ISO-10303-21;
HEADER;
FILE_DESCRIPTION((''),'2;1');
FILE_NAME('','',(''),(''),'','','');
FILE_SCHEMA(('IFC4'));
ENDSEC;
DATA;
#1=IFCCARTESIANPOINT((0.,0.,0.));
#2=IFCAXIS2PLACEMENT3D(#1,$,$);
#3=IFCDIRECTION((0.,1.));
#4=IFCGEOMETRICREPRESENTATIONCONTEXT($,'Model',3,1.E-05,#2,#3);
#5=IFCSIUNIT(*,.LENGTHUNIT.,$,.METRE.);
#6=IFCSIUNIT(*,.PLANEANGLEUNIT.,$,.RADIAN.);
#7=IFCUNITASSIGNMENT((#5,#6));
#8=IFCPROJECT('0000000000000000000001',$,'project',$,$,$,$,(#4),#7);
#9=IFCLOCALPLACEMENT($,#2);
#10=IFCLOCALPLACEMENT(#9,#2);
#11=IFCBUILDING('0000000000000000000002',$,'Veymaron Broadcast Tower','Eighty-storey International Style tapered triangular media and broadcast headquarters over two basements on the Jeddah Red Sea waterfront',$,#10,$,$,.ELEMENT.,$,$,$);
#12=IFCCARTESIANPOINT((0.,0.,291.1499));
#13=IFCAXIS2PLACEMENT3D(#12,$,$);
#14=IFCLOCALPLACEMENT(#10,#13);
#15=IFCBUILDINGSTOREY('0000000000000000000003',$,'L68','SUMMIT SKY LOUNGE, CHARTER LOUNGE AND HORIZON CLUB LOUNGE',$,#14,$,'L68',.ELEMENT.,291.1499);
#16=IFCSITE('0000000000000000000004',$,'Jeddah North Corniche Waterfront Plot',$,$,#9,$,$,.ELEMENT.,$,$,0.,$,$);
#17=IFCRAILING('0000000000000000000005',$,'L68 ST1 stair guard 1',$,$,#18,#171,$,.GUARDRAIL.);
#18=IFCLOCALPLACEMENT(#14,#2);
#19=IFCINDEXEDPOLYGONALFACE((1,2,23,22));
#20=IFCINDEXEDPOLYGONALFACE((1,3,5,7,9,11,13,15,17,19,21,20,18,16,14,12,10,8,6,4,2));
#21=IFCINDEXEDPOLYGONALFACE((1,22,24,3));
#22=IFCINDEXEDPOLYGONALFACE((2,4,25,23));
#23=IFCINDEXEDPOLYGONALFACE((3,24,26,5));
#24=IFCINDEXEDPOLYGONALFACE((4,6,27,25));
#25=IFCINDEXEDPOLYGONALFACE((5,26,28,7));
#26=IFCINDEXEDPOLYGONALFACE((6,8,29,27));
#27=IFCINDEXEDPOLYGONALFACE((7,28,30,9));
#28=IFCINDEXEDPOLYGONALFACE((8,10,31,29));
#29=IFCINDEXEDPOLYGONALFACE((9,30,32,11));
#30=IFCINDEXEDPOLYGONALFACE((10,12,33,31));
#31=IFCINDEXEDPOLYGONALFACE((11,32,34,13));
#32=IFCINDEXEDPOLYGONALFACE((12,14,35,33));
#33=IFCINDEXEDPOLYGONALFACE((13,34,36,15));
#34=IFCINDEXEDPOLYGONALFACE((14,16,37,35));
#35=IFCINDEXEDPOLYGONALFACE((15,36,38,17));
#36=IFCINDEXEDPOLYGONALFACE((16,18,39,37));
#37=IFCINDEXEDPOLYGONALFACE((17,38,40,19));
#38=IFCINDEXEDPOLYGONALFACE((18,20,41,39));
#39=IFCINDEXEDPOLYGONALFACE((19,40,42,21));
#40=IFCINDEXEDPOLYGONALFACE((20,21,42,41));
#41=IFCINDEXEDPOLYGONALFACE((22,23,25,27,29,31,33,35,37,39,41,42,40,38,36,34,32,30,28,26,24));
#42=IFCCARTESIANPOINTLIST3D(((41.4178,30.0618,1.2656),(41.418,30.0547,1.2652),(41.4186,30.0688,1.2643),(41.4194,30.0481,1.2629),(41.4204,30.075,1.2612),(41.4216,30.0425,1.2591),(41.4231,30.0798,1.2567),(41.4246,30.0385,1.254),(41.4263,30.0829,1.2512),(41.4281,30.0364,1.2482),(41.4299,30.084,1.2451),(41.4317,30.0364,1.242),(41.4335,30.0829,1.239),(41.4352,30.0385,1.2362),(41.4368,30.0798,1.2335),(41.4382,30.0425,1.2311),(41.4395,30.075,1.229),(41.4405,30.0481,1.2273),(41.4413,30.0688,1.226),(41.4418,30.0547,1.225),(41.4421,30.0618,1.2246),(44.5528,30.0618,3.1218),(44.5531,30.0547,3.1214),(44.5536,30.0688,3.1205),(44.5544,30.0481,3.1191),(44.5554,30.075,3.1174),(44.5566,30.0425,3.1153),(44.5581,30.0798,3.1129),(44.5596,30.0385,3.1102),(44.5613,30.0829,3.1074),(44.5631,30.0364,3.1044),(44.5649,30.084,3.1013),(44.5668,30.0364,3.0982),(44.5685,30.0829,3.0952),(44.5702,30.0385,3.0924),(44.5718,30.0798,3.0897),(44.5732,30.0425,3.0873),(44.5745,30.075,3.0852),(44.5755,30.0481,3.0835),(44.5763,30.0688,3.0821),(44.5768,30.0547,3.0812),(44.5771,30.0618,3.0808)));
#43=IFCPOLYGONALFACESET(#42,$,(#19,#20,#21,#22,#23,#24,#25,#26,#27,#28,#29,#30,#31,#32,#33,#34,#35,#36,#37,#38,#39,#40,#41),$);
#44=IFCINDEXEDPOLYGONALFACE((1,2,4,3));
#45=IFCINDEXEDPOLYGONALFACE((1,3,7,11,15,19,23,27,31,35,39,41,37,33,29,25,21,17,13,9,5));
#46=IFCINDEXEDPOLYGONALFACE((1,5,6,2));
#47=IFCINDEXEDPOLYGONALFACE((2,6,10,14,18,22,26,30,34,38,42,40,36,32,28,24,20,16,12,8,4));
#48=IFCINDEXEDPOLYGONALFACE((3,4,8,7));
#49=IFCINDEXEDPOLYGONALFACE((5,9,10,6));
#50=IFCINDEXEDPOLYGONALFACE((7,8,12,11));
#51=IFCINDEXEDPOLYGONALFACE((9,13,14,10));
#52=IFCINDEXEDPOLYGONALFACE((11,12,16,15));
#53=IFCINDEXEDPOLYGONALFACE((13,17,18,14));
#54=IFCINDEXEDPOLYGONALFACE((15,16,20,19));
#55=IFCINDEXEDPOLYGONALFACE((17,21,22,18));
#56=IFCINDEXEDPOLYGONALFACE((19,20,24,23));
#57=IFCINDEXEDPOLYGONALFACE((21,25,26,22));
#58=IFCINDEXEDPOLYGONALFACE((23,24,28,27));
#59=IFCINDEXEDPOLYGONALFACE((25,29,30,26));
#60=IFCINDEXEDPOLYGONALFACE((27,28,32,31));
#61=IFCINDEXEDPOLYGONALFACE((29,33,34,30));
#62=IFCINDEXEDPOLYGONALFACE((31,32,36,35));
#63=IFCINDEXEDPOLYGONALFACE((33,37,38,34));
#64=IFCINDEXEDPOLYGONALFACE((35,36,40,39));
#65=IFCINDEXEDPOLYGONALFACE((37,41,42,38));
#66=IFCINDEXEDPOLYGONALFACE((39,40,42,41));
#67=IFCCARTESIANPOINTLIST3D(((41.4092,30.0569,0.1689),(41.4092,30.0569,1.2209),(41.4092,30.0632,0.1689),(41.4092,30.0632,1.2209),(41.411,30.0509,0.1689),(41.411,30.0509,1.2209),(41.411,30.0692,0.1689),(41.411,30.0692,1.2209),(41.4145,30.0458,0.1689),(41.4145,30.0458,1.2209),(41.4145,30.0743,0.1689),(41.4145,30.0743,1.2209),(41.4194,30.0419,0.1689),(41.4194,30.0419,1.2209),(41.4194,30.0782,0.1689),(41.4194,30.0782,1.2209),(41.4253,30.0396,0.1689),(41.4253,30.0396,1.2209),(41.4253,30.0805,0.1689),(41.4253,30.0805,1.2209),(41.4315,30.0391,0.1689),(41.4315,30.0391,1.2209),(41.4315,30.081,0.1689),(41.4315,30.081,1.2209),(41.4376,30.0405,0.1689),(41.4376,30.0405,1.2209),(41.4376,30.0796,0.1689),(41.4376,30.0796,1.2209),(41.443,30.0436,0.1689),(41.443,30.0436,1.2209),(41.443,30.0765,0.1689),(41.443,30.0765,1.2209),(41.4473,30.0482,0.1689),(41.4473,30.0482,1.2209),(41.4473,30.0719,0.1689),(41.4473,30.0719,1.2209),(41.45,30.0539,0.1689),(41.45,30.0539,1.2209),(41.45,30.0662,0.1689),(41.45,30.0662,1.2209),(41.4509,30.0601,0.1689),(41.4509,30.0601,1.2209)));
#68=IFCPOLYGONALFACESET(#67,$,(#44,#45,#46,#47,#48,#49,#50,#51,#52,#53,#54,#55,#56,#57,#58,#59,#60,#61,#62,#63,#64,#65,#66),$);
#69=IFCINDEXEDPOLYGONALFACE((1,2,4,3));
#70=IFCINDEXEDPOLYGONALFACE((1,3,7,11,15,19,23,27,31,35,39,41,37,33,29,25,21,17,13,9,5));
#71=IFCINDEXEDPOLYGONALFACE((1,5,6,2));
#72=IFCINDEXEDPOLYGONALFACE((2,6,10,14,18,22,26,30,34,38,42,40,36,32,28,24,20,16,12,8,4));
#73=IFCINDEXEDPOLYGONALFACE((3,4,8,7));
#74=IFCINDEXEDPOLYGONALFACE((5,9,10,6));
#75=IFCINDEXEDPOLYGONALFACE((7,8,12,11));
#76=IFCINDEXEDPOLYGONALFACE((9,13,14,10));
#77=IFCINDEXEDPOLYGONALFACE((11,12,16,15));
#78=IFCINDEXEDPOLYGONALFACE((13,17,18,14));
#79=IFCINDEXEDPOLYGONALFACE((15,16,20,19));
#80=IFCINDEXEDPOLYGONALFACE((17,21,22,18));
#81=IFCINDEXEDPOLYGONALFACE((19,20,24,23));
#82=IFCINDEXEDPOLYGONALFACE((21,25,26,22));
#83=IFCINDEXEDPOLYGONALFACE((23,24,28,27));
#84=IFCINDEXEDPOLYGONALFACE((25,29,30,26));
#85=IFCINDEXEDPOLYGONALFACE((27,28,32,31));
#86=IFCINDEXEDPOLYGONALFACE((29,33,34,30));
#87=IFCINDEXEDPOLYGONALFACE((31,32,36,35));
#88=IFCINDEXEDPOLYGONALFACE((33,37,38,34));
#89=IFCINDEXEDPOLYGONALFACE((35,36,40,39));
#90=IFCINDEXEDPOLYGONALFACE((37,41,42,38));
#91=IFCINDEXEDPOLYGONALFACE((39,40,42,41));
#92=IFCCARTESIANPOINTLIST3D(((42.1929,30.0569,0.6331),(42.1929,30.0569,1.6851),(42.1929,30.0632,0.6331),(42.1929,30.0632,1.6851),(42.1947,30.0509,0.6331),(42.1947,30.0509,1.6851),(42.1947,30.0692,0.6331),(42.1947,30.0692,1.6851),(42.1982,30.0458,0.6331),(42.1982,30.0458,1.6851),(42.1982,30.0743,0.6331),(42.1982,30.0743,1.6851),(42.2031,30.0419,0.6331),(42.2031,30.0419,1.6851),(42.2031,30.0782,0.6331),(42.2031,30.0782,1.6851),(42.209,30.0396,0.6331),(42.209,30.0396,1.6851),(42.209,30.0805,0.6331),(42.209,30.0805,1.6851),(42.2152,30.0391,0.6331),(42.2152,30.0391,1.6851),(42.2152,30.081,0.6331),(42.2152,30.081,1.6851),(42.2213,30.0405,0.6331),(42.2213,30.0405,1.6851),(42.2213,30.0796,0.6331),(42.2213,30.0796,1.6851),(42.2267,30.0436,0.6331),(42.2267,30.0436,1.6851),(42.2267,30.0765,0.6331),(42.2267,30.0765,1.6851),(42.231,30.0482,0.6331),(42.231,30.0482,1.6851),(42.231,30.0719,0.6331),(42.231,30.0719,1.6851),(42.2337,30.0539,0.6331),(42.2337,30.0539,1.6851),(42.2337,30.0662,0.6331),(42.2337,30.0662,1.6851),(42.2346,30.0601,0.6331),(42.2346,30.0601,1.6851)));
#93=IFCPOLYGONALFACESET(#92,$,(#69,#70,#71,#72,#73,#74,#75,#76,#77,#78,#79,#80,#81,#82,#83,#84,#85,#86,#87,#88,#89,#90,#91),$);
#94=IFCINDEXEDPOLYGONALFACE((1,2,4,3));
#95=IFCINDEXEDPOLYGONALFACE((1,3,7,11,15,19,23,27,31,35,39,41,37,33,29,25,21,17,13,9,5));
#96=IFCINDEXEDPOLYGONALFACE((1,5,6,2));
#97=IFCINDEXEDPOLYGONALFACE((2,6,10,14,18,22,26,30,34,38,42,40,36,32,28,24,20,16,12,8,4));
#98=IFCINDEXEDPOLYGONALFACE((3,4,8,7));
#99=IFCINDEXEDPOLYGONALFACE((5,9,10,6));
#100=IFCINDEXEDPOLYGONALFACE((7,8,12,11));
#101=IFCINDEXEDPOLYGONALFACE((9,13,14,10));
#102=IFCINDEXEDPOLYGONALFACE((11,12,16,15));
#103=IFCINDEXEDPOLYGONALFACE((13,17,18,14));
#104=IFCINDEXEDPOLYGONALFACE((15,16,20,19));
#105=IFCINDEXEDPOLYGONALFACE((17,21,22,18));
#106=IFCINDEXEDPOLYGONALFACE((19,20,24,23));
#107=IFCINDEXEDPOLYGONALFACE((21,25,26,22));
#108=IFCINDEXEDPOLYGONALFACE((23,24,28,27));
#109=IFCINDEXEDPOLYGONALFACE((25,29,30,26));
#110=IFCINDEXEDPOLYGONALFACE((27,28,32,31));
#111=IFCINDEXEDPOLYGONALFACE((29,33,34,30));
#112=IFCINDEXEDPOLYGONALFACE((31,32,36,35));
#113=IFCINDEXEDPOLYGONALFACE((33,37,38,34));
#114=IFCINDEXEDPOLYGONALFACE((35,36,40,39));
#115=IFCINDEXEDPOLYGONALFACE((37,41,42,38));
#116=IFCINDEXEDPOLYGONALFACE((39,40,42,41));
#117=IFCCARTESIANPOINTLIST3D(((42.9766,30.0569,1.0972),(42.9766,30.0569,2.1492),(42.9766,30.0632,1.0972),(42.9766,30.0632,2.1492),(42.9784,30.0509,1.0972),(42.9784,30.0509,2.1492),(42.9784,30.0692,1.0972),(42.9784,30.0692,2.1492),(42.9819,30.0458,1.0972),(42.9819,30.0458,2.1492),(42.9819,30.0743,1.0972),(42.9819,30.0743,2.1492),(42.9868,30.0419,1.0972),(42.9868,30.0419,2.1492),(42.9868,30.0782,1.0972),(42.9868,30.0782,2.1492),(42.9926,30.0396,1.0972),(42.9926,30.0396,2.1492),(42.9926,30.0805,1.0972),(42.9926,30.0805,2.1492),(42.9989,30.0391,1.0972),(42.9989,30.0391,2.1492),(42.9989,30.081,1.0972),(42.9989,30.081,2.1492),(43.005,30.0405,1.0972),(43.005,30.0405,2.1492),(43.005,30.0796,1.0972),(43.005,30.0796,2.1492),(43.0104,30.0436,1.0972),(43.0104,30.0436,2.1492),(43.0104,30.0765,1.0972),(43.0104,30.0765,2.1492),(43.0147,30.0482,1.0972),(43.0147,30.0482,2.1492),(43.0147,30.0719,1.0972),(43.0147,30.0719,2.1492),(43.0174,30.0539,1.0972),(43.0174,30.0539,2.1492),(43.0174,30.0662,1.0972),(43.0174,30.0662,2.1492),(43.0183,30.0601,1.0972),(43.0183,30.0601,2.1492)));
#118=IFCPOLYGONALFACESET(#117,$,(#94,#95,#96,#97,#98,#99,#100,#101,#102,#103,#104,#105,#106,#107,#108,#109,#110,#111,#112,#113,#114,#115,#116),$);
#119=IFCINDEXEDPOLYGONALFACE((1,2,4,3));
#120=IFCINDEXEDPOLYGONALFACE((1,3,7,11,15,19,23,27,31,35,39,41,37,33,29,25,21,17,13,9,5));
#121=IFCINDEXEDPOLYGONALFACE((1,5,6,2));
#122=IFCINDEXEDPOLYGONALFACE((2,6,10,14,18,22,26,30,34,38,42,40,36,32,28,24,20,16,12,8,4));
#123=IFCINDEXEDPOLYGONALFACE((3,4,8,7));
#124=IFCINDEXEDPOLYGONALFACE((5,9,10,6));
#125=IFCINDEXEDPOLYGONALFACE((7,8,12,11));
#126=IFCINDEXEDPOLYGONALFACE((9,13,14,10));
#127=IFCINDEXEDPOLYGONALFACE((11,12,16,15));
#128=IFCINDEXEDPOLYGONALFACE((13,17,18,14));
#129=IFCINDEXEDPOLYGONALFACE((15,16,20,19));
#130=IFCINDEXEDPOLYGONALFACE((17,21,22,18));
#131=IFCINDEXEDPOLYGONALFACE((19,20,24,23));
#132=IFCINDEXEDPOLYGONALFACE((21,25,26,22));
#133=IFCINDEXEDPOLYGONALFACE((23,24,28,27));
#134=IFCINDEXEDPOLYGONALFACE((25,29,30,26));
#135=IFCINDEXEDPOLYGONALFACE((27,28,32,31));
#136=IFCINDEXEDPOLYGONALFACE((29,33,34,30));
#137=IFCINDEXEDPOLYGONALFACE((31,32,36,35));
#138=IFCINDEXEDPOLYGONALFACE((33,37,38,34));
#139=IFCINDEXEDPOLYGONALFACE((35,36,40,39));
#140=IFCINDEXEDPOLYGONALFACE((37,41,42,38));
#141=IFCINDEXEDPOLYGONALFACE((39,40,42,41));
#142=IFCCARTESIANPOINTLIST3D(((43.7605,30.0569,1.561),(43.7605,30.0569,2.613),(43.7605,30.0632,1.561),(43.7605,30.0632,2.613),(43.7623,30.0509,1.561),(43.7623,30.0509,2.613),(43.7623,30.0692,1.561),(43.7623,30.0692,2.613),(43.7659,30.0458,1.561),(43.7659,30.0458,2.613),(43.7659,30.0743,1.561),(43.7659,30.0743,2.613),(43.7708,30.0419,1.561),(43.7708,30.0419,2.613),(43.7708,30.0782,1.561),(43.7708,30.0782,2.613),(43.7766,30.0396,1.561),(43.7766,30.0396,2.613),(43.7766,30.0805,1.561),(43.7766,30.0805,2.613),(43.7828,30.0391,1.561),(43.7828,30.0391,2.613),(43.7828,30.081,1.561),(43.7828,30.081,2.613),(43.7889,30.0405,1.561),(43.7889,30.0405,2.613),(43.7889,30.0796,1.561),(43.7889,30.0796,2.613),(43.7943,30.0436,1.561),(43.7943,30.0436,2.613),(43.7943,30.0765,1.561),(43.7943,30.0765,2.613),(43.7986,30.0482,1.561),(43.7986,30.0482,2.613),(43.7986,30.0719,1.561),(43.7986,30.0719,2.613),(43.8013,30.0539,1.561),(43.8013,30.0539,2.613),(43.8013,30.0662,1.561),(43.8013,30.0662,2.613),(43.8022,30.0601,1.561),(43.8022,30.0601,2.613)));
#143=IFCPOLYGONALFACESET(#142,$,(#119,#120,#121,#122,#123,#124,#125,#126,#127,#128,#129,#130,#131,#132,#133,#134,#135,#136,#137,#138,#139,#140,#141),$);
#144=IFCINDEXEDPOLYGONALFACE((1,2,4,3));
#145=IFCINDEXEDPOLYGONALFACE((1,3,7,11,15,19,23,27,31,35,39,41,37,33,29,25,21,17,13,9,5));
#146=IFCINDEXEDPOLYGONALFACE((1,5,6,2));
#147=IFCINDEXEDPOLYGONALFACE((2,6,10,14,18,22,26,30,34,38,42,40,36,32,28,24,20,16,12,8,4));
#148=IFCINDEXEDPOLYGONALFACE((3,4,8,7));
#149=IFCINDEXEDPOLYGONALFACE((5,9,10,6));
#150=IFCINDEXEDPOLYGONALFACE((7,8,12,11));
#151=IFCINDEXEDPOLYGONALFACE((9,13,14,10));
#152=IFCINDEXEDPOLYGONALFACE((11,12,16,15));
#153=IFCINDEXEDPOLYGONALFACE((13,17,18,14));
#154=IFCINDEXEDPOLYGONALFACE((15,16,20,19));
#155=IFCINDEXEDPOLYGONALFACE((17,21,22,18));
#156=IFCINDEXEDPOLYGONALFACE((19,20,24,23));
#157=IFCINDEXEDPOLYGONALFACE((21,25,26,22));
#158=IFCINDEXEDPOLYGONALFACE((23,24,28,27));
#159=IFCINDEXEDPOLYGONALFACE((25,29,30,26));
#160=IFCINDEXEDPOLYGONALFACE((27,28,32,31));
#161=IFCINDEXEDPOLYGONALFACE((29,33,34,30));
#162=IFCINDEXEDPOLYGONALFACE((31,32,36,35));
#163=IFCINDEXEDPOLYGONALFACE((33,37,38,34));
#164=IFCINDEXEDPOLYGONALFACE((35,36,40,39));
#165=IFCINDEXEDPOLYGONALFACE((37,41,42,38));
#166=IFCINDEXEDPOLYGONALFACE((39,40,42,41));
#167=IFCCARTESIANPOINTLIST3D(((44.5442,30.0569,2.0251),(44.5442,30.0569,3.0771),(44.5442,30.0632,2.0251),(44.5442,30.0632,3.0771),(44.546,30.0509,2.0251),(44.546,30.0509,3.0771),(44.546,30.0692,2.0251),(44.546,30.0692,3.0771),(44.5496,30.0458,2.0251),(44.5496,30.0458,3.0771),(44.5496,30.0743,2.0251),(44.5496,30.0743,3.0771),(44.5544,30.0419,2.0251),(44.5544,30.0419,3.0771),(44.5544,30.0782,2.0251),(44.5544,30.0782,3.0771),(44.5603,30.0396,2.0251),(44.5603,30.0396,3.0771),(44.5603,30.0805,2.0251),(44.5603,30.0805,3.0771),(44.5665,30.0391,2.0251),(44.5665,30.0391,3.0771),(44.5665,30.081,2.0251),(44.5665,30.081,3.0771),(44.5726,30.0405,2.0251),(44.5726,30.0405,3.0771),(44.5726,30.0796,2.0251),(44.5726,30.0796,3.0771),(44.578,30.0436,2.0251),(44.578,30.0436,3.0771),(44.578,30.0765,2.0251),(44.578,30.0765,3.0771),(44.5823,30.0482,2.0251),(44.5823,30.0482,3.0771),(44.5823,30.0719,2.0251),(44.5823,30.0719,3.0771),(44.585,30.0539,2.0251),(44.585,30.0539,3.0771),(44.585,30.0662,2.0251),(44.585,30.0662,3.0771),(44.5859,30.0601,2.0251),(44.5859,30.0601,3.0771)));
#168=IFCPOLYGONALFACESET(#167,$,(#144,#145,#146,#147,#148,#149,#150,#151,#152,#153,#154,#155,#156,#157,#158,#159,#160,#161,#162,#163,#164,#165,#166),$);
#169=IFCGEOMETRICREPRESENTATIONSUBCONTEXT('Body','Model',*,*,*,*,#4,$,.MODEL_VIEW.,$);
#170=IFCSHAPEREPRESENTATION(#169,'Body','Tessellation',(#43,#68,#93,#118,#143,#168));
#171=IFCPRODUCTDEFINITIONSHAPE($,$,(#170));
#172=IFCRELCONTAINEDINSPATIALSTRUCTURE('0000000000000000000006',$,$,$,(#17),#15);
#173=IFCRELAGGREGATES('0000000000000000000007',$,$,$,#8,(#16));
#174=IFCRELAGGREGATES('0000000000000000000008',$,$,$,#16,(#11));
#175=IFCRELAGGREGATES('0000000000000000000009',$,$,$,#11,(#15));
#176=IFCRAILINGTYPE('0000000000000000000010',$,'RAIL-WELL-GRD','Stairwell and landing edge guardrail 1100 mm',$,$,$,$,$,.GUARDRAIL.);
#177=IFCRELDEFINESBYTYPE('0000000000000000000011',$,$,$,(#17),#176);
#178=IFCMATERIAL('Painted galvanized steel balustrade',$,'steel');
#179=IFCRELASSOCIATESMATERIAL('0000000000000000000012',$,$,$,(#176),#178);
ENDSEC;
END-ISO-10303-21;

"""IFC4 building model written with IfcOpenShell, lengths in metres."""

from ifc_helpers import new_model, si_unit, direction, frame, origin, origin_2d, place, context, subcontext, project, spatial, circle, extrude, material, type_object, element, save


model = new_model("IFC4")

# Units and contexts
model_context = context("Model", 3, precision=1e-05, world=origin(), true_north=direction((0.0, 1.0)))
body_context = subcontext(model_context, "Body", "Model", "MODEL_VIEW")
ifc_project = project(units=[si_unit("LENGTHUNIT", "METRE"), si_unit("PLANEANGLEUNIT", "RADIAN")], contexts=[model_context])

# Site, building, storey
site_placement = place(None, origin())
site = spatial("IfcSite", under=ifc_project, at=site_placement, Name="Jeddah North Corniche Waterfront Plot", CompositionType="ELEMENT", RefElevation=0.0)
building_placement = place(site_placement, origin())
building = spatial("IfcBuilding", under=site, at=building_placement, Name="Veymaron Broadcast Tower", Description="Eighty-storey International Style tapered triangular media and broadcast headquarters over two basements on the Jeddah Red Sea waterfront", CompositionType="ELEMENT")
storey_placement = place(building_placement, frame((0.0, 0.0, 291.1499)))
storey = spatial("IfcBuildingStorey", under=building, at=storey_placement, Name="L68", Description="SUMMIT SKY LOUNGE, CHARTER LOUNGE AND HORIZON CLUB LOUNGE", LongName="L68", CompositionType="ELEMENT", Elevation=291.1499)

# Railing
ifc_material_1 = material(Name="Painted galvanized steel balustrade", Category="steel")
railing_type_1 = type_object("IfcRailingType", Name="RAIL-WELL-GRD", Description="Stairwell and landing edge guardrail 1100 mm", PredefinedType="GUARDRAIL", material=ifc_material_1)
railing_1_placement = place(storey_placement, frame((41.4299, 30.0601, 0.1689)))
element("IfcRailing", 1, at=railing_1_placement, inside=storey, type_object=railing_type_1, Name="L68 ST1 stair guard 1", PredefinedType="GUARDRAIL", context=body_context, shape_type="SweptSolid", body=[
    extrude(circle(Radius=0.0239, at=origin_2d()), frame((0.0, 0.0, 1.0762), z_axis=(0.860482, 0.0, 0.509481), x_axis=(0.0, 1.0, 0.0)), (0.0, 0.0, 1.0), 3.6433),
    extrude(circle(Radius=0.021, at=origin_2d()), origin(), (0.0, 0.0, 1.0), 1.052),
    extrude(circle(Radius=0.021, at=origin_2d()), frame((0.7837, 0.0, 0.4641)), (0.0, 0.0, 1.0), 1.052),
    extrude(circle(Radius=0.021, at=origin_2d()), frame((1.5674, 0.0, 0.9282)), (0.0, 0.0, 1.0), 1.052),
    extrude(circle(Radius=0.021, at=origin_2d()), frame((2.3513, 0.0, 1.3921)), (0.0, 0.0, 1.0), 1.052),
    extrude(circle(Radius=0.021, at=origin_2d()), frame((3.135, 0.0, 1.8562)), (0.0, 0.0, 1.0), 1.052),
])

save(model, "model.ifc")
